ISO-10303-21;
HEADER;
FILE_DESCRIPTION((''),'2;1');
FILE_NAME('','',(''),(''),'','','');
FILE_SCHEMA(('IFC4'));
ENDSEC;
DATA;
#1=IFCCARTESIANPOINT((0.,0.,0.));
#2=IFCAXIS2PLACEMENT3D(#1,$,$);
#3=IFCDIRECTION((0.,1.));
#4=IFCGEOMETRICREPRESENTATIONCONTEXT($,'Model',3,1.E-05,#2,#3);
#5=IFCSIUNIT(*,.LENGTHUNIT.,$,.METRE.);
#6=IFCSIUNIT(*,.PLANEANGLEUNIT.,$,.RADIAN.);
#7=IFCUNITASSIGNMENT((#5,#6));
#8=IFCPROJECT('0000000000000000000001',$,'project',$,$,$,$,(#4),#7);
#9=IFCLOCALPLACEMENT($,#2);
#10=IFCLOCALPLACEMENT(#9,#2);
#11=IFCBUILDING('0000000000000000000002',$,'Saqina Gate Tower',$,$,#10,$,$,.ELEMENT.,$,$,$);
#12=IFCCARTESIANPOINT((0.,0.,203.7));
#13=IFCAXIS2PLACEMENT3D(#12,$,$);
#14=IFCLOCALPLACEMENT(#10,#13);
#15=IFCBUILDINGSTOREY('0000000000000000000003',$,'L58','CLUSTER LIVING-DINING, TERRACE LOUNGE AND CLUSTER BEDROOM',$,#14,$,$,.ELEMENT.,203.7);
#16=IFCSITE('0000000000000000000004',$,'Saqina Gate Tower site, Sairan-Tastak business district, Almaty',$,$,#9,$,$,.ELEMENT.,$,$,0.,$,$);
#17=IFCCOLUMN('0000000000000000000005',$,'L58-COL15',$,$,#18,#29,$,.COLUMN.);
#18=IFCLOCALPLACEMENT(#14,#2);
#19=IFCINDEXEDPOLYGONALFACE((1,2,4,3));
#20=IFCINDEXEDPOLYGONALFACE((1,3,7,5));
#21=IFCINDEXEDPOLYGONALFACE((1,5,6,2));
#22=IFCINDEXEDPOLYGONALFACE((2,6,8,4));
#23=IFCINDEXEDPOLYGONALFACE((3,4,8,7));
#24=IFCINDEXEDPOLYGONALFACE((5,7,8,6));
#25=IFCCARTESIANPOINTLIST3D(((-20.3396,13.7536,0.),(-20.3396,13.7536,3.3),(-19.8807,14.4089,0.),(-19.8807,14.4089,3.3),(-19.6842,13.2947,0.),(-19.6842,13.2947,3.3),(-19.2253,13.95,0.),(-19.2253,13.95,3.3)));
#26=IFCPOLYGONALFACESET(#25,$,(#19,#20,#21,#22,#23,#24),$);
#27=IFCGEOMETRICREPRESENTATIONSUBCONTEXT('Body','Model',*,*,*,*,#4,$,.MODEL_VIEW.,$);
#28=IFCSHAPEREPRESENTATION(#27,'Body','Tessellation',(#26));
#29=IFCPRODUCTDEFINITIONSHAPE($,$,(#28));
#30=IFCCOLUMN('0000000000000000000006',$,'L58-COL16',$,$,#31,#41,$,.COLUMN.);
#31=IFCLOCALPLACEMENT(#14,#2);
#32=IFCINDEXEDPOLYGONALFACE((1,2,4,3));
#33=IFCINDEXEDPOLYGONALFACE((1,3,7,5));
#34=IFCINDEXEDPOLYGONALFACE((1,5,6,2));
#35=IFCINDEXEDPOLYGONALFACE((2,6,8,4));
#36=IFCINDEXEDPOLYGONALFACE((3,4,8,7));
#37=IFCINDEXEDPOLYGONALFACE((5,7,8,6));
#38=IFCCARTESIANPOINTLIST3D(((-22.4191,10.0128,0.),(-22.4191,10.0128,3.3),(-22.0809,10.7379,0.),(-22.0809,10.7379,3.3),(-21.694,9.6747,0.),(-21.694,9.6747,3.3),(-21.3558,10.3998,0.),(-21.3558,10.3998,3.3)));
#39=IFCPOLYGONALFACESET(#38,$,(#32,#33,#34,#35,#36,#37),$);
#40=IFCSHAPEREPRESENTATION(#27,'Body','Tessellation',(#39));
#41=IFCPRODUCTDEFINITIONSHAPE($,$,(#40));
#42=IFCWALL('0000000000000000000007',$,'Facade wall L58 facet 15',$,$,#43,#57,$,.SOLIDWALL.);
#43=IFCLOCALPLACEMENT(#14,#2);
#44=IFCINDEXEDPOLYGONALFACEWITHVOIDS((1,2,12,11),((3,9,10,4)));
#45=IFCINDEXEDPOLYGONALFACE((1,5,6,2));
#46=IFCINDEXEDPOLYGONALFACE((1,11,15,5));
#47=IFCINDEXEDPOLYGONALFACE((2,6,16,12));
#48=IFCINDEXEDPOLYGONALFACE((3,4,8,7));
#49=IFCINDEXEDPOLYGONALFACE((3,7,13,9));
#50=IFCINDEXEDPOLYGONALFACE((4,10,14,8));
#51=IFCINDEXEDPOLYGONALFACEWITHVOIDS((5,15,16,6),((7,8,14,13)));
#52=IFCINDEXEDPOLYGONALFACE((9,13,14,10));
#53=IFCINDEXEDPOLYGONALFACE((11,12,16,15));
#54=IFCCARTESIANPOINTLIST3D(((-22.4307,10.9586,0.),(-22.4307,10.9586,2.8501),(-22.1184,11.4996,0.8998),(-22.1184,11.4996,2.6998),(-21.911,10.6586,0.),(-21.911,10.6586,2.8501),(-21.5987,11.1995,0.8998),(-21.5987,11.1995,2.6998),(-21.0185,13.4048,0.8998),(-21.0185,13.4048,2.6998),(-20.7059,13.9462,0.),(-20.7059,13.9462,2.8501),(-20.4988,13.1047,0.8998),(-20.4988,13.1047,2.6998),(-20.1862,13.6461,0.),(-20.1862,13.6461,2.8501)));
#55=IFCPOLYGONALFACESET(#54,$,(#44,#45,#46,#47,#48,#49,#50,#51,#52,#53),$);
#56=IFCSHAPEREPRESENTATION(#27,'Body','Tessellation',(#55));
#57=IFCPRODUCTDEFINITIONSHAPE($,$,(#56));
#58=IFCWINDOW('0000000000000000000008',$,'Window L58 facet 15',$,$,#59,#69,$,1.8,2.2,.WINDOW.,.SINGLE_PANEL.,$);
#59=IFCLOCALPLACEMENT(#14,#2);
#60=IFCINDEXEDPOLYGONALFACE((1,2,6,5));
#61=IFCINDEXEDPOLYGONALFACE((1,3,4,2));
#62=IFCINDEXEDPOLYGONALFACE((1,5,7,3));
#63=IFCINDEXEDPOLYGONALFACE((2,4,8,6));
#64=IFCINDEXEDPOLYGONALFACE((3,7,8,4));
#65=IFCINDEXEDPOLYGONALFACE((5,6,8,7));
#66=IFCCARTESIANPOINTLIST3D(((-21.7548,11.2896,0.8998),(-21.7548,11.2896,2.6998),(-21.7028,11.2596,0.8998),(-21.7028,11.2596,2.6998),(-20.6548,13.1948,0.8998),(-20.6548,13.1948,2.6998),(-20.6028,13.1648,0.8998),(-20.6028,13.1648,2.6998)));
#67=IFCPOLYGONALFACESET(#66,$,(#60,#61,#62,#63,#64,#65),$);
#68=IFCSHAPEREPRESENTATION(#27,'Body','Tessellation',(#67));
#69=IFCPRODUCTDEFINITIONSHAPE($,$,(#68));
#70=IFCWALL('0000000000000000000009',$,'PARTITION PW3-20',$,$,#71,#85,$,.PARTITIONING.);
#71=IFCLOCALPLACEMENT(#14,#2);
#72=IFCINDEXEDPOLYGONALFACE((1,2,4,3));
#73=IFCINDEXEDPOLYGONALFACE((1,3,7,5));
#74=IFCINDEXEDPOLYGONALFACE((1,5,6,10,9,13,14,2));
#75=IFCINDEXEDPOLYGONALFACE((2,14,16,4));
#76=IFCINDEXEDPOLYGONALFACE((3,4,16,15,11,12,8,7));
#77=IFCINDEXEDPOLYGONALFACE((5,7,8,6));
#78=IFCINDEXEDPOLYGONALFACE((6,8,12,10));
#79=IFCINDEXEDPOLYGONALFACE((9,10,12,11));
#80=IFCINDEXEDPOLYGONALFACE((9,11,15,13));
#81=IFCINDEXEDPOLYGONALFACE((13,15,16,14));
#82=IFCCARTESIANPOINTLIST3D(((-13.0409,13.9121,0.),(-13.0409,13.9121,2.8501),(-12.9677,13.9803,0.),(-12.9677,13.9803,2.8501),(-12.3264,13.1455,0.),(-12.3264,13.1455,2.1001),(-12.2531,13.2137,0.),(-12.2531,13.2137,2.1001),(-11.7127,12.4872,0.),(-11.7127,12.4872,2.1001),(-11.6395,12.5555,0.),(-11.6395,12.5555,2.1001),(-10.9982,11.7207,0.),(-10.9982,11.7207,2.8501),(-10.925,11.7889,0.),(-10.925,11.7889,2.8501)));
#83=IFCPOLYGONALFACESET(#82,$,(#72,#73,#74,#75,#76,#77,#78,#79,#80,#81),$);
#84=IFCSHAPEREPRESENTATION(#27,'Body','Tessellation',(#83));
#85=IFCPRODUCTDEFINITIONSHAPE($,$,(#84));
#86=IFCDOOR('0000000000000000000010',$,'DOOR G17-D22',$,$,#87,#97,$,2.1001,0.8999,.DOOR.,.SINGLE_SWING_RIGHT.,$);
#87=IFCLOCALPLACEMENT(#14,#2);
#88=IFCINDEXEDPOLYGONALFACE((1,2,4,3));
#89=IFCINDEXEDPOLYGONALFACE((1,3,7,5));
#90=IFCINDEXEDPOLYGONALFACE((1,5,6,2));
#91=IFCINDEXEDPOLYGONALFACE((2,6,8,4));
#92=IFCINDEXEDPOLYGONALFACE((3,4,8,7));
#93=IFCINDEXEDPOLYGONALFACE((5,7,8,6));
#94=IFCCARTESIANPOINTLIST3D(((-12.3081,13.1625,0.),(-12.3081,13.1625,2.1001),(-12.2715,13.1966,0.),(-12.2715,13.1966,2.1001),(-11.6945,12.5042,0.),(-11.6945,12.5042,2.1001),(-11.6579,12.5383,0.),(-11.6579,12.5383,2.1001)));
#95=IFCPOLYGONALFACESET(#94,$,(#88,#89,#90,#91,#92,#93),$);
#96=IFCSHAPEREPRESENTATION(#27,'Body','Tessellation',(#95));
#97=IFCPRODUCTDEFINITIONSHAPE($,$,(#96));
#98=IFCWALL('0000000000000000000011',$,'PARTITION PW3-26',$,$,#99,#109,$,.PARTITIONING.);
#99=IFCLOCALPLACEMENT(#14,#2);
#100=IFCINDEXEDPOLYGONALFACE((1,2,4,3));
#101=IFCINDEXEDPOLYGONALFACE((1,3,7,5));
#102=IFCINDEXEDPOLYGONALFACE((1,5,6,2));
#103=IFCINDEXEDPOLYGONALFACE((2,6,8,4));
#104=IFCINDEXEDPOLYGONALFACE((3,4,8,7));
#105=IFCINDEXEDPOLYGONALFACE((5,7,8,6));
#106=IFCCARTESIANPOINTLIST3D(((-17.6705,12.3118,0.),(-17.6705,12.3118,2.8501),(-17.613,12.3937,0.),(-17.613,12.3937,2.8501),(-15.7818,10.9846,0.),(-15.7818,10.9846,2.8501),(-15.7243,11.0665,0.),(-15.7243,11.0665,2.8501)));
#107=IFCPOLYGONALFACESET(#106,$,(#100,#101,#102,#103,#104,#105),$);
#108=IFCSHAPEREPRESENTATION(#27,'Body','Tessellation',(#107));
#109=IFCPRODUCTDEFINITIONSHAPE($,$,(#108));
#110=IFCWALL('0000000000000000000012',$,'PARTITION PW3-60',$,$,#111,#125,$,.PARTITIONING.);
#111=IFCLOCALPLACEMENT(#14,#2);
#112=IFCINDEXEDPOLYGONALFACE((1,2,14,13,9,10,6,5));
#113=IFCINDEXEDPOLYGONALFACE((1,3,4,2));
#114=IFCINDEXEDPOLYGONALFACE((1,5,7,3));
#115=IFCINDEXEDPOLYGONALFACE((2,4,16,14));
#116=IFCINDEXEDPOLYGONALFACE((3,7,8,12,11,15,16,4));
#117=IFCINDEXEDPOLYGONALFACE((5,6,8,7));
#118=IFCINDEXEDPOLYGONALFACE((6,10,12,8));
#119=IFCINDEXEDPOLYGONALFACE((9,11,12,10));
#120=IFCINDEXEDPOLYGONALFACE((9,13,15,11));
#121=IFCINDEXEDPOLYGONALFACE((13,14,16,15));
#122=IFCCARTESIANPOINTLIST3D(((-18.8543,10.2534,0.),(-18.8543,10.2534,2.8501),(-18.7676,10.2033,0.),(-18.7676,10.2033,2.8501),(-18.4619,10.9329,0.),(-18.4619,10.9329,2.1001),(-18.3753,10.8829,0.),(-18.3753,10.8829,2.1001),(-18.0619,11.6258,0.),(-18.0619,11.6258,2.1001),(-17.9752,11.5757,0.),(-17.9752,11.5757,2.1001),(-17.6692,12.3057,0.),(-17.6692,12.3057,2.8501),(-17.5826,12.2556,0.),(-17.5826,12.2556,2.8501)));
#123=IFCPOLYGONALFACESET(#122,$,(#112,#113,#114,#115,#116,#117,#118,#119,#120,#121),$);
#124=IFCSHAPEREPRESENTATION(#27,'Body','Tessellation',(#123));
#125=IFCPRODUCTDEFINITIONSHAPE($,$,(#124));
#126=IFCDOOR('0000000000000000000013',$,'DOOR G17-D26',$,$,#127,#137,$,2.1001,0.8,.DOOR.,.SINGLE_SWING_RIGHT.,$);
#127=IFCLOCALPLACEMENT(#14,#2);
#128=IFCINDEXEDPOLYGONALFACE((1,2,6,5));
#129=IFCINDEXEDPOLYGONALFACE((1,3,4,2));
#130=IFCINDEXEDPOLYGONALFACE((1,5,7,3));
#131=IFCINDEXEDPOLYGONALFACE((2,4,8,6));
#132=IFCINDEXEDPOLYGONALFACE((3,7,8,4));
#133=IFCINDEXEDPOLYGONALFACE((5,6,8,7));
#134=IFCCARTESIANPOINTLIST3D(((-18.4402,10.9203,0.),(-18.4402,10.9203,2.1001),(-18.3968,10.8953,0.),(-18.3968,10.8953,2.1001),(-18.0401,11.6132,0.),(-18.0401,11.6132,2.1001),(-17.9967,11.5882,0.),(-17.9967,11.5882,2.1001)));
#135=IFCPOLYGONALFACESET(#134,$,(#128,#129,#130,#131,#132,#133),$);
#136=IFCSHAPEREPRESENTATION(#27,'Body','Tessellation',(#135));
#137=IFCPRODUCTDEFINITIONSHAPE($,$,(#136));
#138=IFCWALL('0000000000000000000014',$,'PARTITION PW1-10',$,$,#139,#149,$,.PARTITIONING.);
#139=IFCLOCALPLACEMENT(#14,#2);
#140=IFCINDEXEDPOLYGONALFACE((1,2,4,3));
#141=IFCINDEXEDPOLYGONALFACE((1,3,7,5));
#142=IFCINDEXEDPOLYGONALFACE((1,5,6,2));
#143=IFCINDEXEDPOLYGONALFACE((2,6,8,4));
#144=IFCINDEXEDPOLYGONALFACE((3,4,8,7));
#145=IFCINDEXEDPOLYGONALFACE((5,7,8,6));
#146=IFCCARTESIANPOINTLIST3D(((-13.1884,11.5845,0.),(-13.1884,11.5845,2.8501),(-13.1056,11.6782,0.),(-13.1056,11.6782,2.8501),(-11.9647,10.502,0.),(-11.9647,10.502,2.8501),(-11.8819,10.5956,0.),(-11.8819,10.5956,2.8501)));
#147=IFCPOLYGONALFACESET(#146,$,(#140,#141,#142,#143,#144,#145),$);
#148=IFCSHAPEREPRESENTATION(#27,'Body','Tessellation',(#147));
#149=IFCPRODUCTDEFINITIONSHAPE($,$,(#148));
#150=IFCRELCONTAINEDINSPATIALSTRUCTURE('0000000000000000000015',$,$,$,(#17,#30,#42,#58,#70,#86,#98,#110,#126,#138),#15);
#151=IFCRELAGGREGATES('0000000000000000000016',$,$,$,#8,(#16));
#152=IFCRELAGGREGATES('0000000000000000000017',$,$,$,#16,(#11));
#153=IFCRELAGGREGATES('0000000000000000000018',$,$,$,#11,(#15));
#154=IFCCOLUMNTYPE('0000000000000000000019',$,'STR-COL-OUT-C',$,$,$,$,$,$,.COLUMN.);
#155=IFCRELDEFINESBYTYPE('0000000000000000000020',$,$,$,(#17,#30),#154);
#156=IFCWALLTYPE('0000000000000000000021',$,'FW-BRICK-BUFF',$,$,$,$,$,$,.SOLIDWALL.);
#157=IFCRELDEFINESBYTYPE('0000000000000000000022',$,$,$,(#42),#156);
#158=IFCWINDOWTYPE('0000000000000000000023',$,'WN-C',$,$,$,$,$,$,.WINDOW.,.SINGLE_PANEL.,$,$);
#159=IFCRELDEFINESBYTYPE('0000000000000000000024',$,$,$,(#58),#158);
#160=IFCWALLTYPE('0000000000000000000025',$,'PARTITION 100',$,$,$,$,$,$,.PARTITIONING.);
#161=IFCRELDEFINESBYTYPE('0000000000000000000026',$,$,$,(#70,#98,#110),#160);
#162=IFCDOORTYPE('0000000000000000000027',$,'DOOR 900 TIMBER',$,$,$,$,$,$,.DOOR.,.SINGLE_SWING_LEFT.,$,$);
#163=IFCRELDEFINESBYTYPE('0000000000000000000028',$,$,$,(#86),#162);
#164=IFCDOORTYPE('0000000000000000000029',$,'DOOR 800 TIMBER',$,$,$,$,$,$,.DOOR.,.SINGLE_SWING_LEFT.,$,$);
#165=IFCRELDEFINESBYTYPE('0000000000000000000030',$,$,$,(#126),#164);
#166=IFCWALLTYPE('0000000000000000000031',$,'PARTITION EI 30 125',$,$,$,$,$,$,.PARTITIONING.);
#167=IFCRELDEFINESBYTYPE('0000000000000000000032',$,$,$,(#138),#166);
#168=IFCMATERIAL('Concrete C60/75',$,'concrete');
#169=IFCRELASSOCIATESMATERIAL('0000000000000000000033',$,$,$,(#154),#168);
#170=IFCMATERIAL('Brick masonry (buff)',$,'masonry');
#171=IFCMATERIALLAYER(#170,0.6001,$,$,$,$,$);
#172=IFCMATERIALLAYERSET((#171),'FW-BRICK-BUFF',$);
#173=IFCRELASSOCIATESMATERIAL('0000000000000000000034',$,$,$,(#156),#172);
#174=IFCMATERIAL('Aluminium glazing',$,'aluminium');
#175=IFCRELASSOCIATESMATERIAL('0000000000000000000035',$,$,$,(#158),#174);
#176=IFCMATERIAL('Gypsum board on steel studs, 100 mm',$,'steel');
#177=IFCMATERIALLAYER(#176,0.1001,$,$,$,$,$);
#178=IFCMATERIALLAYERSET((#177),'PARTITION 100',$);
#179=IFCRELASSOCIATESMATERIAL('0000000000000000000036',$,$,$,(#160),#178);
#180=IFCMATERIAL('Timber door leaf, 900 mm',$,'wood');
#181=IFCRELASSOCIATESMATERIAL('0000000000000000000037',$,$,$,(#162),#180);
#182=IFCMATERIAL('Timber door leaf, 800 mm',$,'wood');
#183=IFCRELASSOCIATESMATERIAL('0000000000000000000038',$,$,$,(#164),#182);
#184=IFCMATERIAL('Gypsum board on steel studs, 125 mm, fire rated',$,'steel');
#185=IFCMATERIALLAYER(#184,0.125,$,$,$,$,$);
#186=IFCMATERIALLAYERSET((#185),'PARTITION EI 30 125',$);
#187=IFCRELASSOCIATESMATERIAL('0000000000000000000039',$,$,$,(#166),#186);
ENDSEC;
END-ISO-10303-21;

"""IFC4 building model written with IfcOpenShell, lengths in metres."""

from ifc_helpers import new_model, si_unit, direction, frame, frame_2d, origin, origin_2d, place, context, subcontext, project, spatial, rectangle, extrude, material, layer, layer_set, material_profile, profile_set, type_object, element, fill, save


model = new_model("IFC4")

# Units and contexts
model_context = context("Model", 3, precision=1e-05, world=origin(), true_north=direction((0.0, 1.0)))
body_context = subcontext(model_context, "Body", "Model", "MODEL_VIEW")
ifc_project = project(units=[si_unit("LENGTHUNIT", "METRE"), si_unit("PLANEANGLEUNIT", "RADIAN")], contexts=[model_context])

# Site, building, storey
site_placement = place(None, origin())
site = spatial("IfcSite", under=ifc_project, at=site_placement, Name="Saqina Gate Tower site, Sairan-Tastak business district, Almaty", CompositionType="ELEMENT", RefElevation=0.0)
building_placement = place(site_placement, origin())
building = spatial("IfcBuilding", under=site, at=building_placement, Name="Saqina Gate Tower", CompositionType="ELEMENT")
storey_placement = place(building_placement, frame((0.0, 0.0, 203.7)))
storey = spatial("IfcBuildingStorey", under=building, at=storey_placement, Name="L58", Description="CLUSTER LIVING-DINING, TERRACE LOUNGE AND CLUSTER BEDROOM", CompositionType="ELEMENT", Elevation=203.7)

# Columns
ifc_material_1 = material(Name="Concrete C60/75", Category="concrete")
ifc_material_profile = material_profile(ifc_material_1, rectangle(XDim=0.8, YDim=0.8, at=origin_2d()), Name="RC 800x800")
ifc_profile_set = profile_set([ifc_material_profile], Name="Concrete C60/75")
column_type = type_object("IfcColumnType", Name="STR-COL-OUT-C", PredefinedType="COLUMN", material=ifc_profile_set)
for number, where, z_axis, x_axis, name in (
    (1, (-19.7825, 13.8518, 0.0), (0.0, 0.0, 1.0), (-0.819152, 0.573576, 0.0), "L58-COL15"),
    (2, (-21.8875, 10.2063, 0.0), (0.0, 0.0, 1.0), (-0.906308, 0.422618, 0.0), "L58-COL16"),
):
    element("IfcColumn", number, at=place(storey_placement, frame(where, z_axis=z_axis, x_axis=x_axis)), inside=storey, type_object=column_type, Name=name, PredefinedType="COLUMN", context=body_context, shape_type="SweptSolid", body=[
        extrude(rectangle(XDim=0.8, YDim=0.8, at=origin_2d()), origin(), (0.0, 0.0, 1.0), 3.3),
    ])

# Wall, opening, window
ifc_material_2 = material(Name="Brick masonry (buff)", Category="masonry")
ifc_layer_1 = layer(ifc_material_2, 0.6001)
ifc_layer_set_1 = layer_set([ifc_layer_1], Name="FW-BRICK-BUFF")
wall_type_1 = type_object("IfcWallType", Name="FW-BRICK-BUFF", PredefinedType="SOLIDWALL", material=ifc_layer_set_1)
wall_1_placement = place(storey_placement, frame((-20.446, 13.7961, 0.0), z_axis=(0.0, 0.0, 1.0), x_axis=(-0.499998, -0.866026, 0.0)))
wall_1 = element("IfcWall", 3, at=wall_1_placement, inside=storey, type_object=wall_type_1, Name="Facade wall L58 facet 15", PredefinedType="SOLIDWALL", context=body_context, shape_type="SweptSolid", body=[
    extrude(rectangle(XDim=3.4497, YDim=0.6001, at=frame_2d((1.7249, 0.0))), origin(), (0.0, 0.0, 1.0), 2.8501),
])
opening_1_placement = place(wall_1_placement, frame((0.625, 0.0, 0.8999)))
opening_1 = element("IfcOpeningElement", 4, at=opening_1_placement, cuts=wall_1, PredefinedType="OPENING", context=body_context, shape_type="SweptSolid", body=[
    extrude(rectangle(XDim=2.2, YDim=1.8, at=frame_2d((1.1001, 0.8999))), frame((0.0, 0.312, 0.0), z_axis=(0.0, -1.0, 0.0), x_axis=(1.0, 0.0, 0.0)), (0.0, 0.0, 1.0), 0.624),
])
ifc_material_3 = material(Name="Aluminium glazing", Category="aluminium")
window_type = type_object("IfcWindowType", Name="WN-C", PartitioningType="SINGLE_PANEL", PredefinedType="WINDOW", material=ifc_material_3)
window_placement = place(opening_1_placement, origin())
window = element("IfcWindow", 5, at=window_placement, inside=storey, type_object=window_type, Name="Window L58 facet 15", OverallHeight=1.8, OverallWidth=2.2, PartitioningType="SINGLE_PANEL", PredefinedType="WINDOW", context=body_context, shape_type="SweptSolid", body=[
    extrude(rectangle(XDim=2.2, YDim=1.8, at=frame_2d((1.1001, 0.8999))), frame((0.0, 0.1799, 0.0), z_axis=(0.0, -1.0, 0.0), x_axis=(1.0, 0.0, 0.0)), (0.0, 0.0, 1.0), 0.0601),
])
fill(opening_1, window)

# Wall, opening, door
ifc_material_4 = material(Name="Gypsum board on steel studs, 100 mm", Category="steel")
ifc_layer_2 = layer(ifc_material_4, 0.1001)
ifc_layer_set_2 = layer_set([ifc_layer_2], Name="PARTITION 100")
wall_type_2 = type_object("IfcWallType", Name="PARTITION 100", PredefinedType="PARTITIONING", material=ifc_layer_set_2)
wall_2_placement = place(storey_placement, frame((-13.0044, 13.9463, 0.0), z_axis=(0.0, 0.0, 1.0), x_axis=(0.681856, -0.731486, 0.0)))
wall_2 = element("IfcWall", 6, at=wall_2_placement, inside=storey, type_object=wall_type_2, Name="PARTITION PW3-20", PredefinedType="PARTITIONING", context=body_context, shape_type="SweptSolid", body=[
    extrude(rectangle(XDim=2.9958, YDim=0.1001, at=frame_2d((1.498, 0.0))), origin(), (0.0, 0.0, 1.0), 2.8501),
])
opening_2_placement = place(wall_2_placement, frame((1.0481, 0.0, 0.0)))
opening_2 = element("IfcOpeningElement", 7, at=opening_2_placement, cuts=wall_2, PredefinedType="OPENING", context=body_context, shape_type="SweptSolid", body=[
    extrude(rectangle(XDim=0.8999, YDim=2.1001, at=frame_2d((0.45, 1.05))), frame((0.0, 0.062, 0.0), z_axis=(0.0, -1.0, 0.0), x_axis=(1.0, 0.0, 0.0)), (0.0, 0.0, 1.0), 0.124),
])
ifc_material_5 = material(Name="Timber door leaf, 900 mm", Category="wood")
door_type_1 = type_object("IfcDoorType", Name="DOOR 900 TIMBER", OperationType="SINGLE_SWING_LEFT", PredefinedType="DOOR", material=ifc_material_5)
door_1_placement = place(opening_2_placement, origin())
door_1 = element("IfcDoor", 8, at=door_1_placement, inside=storey, type_object=door_type_1, Name="DOOR G17-D22", OperationType="SINGLE_SWING_RIGHT", OverallHeight=2.1001, OverallWidth=0.8999, PredefinedType="DOOR", context=body_context, shape_type="SweptSolid", body=[
    extrude(rectangle(XDim=0.8999, YDim=2.1001, at=frame_2d((0.45, 1.05))), frame((0.0, 0.0249, 0.0), z_axis=(0.0, -1.0, 0.0), x_axis=(1.0, 0.0, 0.0)), (0.0, 0.0, 1.0), 0.05),
])
fill(opening_2, door_1)

# Wall
wall_3_placement = place(storey_placement, frame((-17.6418, 12.3528, 0.0), z_axis=(0.0, 0.0, 1.0), x_axis=(0.818197, -0.574938, 0.0)))
element("IfcWall", 9, at=wall_3_placement, inside=storey, type_object=wall_type_2, Name="PARTITION PW3-26", PredefinedType="PARTITIONING", context=body_context, shape_type="SweptSolid", body=[
    extrude(rectangle(XDim=2.3083, YDim=0.1001, at=frame_2d((1.1543, 0.0))), origin(), (0.0, 0.0, 1.0), 2.8501),
])

# Wall, opening, door
wall_4_placement = place(storey_placement, frame((-18.811, 10.2283, 0.0), z_axis=(0.0, 0.0, 1.0), x_axis=(0.500061, 0.86599, 0.0)))
wall_4 = element("IfcWall", 10, at=wall_4_placement, inside=storey, type_object=wall_type_2, Name="PARTITION PW3-60", PredefinedType="PARTITIONING", context=body_context, shape_type="SweptSolid", body=[
    extrude(rectangle(XDim=2.3699, YDim=0.1001, at=frame_2d((1.1851, 0.0))), origin(), (0.0, 0.0, 1.0), 2.8501),
])
opening_3_placement = place(wall_4_placement, frame((0.7849, 0.0, 0.0)))
opening_3 = element("IfcOpeningElement", 11, at=opening_3_placement, cuts=wall_4, PredefinedType="OPENING", context=body_context, shape_type="SweptSolid", body=[
    extrude(rectangle(XDim=0.8, YDim=2.1001, at=frame_2d((0.3999, 1.05))), frame((0.0, 0.062, 0.0), z_axis=(0.0, -1.0, 0.0), x_axis=(1.0, 0.0, 0.0)), (0.0, 0.0, 1.0), 0.124),
])
ifc_material_6 = material(Name="Timber door leaf, 800 mm", Category="wood")
door_type_2 = type_object("IfcDoorType", Name="DOOR 800 TIMBER", OperationType="SINGLE_SWING_LEFT", PredefinedType="DOOR", material=ifc_material_6)
door_2_placement = place(opening_3_placement, origin())
door_2 = element("IfcDoor", 12, at=door_2_placement, inside=storey, type_object=door_type_2, Name="DOOR G17-D26", OperationType="SINGLE_SWING_RIGHT", OverallHeight=2.1001, OverallWidth=0.8, PredefinedType="DOOR", context=body_context, shape_type="SweptSolid", body=[
    extrude(rectangle(XDim=0.8, YDim=2.1001, at=frame_2d((0.3999, 1.05))), frame((0.0, 0.0249, 0.0), z_axis=(0.0, -1.0, 0.0), x_axis=(1.0, 0.0, 0.0)), (0.0, 0.0, 1.0), 0.05),
])
fill(opening_3, door_2)

# Wall
ifc_material_7 = material(Name="Gypsum board on steel studs, 125 mm, fire rated", Category="steel")
ifc_layer_3 = layer(ifc_material_7, 0.125)
ifc_layer_set_3 = layer_set([ifc_layer_3], Name="PARTITION EI 30 125")
wall_type_3 = type_object("IfcWallType", Name="PARTITION EI 30 125", PredefinedType="PARTITIONING", material=ifc_layer_set_3)
wall_5_placement = place(storey_placement, frame((-13.147, 11.6313, 0.0), z_axis=(0.0, 0.0, 1.0), x_axis=(0.748974, -0.6626, 0.0)))
element("IfcWall", 13, at=wall_5_placement, inside=storey, type_object=wall_type_3, Name="PARTITION PW1-10", PredefinedType="PARTITIONING", context=body_context, shape_type="SweptSolid", body=[
    extrude(rectangle(XDim=1.6338, YDim=0.125, at=frame_2d((0.8169, 0.0))), origin(), (0.0, 0.0, 1.0), 2.8501),
])

save(model, "model.ifc")
